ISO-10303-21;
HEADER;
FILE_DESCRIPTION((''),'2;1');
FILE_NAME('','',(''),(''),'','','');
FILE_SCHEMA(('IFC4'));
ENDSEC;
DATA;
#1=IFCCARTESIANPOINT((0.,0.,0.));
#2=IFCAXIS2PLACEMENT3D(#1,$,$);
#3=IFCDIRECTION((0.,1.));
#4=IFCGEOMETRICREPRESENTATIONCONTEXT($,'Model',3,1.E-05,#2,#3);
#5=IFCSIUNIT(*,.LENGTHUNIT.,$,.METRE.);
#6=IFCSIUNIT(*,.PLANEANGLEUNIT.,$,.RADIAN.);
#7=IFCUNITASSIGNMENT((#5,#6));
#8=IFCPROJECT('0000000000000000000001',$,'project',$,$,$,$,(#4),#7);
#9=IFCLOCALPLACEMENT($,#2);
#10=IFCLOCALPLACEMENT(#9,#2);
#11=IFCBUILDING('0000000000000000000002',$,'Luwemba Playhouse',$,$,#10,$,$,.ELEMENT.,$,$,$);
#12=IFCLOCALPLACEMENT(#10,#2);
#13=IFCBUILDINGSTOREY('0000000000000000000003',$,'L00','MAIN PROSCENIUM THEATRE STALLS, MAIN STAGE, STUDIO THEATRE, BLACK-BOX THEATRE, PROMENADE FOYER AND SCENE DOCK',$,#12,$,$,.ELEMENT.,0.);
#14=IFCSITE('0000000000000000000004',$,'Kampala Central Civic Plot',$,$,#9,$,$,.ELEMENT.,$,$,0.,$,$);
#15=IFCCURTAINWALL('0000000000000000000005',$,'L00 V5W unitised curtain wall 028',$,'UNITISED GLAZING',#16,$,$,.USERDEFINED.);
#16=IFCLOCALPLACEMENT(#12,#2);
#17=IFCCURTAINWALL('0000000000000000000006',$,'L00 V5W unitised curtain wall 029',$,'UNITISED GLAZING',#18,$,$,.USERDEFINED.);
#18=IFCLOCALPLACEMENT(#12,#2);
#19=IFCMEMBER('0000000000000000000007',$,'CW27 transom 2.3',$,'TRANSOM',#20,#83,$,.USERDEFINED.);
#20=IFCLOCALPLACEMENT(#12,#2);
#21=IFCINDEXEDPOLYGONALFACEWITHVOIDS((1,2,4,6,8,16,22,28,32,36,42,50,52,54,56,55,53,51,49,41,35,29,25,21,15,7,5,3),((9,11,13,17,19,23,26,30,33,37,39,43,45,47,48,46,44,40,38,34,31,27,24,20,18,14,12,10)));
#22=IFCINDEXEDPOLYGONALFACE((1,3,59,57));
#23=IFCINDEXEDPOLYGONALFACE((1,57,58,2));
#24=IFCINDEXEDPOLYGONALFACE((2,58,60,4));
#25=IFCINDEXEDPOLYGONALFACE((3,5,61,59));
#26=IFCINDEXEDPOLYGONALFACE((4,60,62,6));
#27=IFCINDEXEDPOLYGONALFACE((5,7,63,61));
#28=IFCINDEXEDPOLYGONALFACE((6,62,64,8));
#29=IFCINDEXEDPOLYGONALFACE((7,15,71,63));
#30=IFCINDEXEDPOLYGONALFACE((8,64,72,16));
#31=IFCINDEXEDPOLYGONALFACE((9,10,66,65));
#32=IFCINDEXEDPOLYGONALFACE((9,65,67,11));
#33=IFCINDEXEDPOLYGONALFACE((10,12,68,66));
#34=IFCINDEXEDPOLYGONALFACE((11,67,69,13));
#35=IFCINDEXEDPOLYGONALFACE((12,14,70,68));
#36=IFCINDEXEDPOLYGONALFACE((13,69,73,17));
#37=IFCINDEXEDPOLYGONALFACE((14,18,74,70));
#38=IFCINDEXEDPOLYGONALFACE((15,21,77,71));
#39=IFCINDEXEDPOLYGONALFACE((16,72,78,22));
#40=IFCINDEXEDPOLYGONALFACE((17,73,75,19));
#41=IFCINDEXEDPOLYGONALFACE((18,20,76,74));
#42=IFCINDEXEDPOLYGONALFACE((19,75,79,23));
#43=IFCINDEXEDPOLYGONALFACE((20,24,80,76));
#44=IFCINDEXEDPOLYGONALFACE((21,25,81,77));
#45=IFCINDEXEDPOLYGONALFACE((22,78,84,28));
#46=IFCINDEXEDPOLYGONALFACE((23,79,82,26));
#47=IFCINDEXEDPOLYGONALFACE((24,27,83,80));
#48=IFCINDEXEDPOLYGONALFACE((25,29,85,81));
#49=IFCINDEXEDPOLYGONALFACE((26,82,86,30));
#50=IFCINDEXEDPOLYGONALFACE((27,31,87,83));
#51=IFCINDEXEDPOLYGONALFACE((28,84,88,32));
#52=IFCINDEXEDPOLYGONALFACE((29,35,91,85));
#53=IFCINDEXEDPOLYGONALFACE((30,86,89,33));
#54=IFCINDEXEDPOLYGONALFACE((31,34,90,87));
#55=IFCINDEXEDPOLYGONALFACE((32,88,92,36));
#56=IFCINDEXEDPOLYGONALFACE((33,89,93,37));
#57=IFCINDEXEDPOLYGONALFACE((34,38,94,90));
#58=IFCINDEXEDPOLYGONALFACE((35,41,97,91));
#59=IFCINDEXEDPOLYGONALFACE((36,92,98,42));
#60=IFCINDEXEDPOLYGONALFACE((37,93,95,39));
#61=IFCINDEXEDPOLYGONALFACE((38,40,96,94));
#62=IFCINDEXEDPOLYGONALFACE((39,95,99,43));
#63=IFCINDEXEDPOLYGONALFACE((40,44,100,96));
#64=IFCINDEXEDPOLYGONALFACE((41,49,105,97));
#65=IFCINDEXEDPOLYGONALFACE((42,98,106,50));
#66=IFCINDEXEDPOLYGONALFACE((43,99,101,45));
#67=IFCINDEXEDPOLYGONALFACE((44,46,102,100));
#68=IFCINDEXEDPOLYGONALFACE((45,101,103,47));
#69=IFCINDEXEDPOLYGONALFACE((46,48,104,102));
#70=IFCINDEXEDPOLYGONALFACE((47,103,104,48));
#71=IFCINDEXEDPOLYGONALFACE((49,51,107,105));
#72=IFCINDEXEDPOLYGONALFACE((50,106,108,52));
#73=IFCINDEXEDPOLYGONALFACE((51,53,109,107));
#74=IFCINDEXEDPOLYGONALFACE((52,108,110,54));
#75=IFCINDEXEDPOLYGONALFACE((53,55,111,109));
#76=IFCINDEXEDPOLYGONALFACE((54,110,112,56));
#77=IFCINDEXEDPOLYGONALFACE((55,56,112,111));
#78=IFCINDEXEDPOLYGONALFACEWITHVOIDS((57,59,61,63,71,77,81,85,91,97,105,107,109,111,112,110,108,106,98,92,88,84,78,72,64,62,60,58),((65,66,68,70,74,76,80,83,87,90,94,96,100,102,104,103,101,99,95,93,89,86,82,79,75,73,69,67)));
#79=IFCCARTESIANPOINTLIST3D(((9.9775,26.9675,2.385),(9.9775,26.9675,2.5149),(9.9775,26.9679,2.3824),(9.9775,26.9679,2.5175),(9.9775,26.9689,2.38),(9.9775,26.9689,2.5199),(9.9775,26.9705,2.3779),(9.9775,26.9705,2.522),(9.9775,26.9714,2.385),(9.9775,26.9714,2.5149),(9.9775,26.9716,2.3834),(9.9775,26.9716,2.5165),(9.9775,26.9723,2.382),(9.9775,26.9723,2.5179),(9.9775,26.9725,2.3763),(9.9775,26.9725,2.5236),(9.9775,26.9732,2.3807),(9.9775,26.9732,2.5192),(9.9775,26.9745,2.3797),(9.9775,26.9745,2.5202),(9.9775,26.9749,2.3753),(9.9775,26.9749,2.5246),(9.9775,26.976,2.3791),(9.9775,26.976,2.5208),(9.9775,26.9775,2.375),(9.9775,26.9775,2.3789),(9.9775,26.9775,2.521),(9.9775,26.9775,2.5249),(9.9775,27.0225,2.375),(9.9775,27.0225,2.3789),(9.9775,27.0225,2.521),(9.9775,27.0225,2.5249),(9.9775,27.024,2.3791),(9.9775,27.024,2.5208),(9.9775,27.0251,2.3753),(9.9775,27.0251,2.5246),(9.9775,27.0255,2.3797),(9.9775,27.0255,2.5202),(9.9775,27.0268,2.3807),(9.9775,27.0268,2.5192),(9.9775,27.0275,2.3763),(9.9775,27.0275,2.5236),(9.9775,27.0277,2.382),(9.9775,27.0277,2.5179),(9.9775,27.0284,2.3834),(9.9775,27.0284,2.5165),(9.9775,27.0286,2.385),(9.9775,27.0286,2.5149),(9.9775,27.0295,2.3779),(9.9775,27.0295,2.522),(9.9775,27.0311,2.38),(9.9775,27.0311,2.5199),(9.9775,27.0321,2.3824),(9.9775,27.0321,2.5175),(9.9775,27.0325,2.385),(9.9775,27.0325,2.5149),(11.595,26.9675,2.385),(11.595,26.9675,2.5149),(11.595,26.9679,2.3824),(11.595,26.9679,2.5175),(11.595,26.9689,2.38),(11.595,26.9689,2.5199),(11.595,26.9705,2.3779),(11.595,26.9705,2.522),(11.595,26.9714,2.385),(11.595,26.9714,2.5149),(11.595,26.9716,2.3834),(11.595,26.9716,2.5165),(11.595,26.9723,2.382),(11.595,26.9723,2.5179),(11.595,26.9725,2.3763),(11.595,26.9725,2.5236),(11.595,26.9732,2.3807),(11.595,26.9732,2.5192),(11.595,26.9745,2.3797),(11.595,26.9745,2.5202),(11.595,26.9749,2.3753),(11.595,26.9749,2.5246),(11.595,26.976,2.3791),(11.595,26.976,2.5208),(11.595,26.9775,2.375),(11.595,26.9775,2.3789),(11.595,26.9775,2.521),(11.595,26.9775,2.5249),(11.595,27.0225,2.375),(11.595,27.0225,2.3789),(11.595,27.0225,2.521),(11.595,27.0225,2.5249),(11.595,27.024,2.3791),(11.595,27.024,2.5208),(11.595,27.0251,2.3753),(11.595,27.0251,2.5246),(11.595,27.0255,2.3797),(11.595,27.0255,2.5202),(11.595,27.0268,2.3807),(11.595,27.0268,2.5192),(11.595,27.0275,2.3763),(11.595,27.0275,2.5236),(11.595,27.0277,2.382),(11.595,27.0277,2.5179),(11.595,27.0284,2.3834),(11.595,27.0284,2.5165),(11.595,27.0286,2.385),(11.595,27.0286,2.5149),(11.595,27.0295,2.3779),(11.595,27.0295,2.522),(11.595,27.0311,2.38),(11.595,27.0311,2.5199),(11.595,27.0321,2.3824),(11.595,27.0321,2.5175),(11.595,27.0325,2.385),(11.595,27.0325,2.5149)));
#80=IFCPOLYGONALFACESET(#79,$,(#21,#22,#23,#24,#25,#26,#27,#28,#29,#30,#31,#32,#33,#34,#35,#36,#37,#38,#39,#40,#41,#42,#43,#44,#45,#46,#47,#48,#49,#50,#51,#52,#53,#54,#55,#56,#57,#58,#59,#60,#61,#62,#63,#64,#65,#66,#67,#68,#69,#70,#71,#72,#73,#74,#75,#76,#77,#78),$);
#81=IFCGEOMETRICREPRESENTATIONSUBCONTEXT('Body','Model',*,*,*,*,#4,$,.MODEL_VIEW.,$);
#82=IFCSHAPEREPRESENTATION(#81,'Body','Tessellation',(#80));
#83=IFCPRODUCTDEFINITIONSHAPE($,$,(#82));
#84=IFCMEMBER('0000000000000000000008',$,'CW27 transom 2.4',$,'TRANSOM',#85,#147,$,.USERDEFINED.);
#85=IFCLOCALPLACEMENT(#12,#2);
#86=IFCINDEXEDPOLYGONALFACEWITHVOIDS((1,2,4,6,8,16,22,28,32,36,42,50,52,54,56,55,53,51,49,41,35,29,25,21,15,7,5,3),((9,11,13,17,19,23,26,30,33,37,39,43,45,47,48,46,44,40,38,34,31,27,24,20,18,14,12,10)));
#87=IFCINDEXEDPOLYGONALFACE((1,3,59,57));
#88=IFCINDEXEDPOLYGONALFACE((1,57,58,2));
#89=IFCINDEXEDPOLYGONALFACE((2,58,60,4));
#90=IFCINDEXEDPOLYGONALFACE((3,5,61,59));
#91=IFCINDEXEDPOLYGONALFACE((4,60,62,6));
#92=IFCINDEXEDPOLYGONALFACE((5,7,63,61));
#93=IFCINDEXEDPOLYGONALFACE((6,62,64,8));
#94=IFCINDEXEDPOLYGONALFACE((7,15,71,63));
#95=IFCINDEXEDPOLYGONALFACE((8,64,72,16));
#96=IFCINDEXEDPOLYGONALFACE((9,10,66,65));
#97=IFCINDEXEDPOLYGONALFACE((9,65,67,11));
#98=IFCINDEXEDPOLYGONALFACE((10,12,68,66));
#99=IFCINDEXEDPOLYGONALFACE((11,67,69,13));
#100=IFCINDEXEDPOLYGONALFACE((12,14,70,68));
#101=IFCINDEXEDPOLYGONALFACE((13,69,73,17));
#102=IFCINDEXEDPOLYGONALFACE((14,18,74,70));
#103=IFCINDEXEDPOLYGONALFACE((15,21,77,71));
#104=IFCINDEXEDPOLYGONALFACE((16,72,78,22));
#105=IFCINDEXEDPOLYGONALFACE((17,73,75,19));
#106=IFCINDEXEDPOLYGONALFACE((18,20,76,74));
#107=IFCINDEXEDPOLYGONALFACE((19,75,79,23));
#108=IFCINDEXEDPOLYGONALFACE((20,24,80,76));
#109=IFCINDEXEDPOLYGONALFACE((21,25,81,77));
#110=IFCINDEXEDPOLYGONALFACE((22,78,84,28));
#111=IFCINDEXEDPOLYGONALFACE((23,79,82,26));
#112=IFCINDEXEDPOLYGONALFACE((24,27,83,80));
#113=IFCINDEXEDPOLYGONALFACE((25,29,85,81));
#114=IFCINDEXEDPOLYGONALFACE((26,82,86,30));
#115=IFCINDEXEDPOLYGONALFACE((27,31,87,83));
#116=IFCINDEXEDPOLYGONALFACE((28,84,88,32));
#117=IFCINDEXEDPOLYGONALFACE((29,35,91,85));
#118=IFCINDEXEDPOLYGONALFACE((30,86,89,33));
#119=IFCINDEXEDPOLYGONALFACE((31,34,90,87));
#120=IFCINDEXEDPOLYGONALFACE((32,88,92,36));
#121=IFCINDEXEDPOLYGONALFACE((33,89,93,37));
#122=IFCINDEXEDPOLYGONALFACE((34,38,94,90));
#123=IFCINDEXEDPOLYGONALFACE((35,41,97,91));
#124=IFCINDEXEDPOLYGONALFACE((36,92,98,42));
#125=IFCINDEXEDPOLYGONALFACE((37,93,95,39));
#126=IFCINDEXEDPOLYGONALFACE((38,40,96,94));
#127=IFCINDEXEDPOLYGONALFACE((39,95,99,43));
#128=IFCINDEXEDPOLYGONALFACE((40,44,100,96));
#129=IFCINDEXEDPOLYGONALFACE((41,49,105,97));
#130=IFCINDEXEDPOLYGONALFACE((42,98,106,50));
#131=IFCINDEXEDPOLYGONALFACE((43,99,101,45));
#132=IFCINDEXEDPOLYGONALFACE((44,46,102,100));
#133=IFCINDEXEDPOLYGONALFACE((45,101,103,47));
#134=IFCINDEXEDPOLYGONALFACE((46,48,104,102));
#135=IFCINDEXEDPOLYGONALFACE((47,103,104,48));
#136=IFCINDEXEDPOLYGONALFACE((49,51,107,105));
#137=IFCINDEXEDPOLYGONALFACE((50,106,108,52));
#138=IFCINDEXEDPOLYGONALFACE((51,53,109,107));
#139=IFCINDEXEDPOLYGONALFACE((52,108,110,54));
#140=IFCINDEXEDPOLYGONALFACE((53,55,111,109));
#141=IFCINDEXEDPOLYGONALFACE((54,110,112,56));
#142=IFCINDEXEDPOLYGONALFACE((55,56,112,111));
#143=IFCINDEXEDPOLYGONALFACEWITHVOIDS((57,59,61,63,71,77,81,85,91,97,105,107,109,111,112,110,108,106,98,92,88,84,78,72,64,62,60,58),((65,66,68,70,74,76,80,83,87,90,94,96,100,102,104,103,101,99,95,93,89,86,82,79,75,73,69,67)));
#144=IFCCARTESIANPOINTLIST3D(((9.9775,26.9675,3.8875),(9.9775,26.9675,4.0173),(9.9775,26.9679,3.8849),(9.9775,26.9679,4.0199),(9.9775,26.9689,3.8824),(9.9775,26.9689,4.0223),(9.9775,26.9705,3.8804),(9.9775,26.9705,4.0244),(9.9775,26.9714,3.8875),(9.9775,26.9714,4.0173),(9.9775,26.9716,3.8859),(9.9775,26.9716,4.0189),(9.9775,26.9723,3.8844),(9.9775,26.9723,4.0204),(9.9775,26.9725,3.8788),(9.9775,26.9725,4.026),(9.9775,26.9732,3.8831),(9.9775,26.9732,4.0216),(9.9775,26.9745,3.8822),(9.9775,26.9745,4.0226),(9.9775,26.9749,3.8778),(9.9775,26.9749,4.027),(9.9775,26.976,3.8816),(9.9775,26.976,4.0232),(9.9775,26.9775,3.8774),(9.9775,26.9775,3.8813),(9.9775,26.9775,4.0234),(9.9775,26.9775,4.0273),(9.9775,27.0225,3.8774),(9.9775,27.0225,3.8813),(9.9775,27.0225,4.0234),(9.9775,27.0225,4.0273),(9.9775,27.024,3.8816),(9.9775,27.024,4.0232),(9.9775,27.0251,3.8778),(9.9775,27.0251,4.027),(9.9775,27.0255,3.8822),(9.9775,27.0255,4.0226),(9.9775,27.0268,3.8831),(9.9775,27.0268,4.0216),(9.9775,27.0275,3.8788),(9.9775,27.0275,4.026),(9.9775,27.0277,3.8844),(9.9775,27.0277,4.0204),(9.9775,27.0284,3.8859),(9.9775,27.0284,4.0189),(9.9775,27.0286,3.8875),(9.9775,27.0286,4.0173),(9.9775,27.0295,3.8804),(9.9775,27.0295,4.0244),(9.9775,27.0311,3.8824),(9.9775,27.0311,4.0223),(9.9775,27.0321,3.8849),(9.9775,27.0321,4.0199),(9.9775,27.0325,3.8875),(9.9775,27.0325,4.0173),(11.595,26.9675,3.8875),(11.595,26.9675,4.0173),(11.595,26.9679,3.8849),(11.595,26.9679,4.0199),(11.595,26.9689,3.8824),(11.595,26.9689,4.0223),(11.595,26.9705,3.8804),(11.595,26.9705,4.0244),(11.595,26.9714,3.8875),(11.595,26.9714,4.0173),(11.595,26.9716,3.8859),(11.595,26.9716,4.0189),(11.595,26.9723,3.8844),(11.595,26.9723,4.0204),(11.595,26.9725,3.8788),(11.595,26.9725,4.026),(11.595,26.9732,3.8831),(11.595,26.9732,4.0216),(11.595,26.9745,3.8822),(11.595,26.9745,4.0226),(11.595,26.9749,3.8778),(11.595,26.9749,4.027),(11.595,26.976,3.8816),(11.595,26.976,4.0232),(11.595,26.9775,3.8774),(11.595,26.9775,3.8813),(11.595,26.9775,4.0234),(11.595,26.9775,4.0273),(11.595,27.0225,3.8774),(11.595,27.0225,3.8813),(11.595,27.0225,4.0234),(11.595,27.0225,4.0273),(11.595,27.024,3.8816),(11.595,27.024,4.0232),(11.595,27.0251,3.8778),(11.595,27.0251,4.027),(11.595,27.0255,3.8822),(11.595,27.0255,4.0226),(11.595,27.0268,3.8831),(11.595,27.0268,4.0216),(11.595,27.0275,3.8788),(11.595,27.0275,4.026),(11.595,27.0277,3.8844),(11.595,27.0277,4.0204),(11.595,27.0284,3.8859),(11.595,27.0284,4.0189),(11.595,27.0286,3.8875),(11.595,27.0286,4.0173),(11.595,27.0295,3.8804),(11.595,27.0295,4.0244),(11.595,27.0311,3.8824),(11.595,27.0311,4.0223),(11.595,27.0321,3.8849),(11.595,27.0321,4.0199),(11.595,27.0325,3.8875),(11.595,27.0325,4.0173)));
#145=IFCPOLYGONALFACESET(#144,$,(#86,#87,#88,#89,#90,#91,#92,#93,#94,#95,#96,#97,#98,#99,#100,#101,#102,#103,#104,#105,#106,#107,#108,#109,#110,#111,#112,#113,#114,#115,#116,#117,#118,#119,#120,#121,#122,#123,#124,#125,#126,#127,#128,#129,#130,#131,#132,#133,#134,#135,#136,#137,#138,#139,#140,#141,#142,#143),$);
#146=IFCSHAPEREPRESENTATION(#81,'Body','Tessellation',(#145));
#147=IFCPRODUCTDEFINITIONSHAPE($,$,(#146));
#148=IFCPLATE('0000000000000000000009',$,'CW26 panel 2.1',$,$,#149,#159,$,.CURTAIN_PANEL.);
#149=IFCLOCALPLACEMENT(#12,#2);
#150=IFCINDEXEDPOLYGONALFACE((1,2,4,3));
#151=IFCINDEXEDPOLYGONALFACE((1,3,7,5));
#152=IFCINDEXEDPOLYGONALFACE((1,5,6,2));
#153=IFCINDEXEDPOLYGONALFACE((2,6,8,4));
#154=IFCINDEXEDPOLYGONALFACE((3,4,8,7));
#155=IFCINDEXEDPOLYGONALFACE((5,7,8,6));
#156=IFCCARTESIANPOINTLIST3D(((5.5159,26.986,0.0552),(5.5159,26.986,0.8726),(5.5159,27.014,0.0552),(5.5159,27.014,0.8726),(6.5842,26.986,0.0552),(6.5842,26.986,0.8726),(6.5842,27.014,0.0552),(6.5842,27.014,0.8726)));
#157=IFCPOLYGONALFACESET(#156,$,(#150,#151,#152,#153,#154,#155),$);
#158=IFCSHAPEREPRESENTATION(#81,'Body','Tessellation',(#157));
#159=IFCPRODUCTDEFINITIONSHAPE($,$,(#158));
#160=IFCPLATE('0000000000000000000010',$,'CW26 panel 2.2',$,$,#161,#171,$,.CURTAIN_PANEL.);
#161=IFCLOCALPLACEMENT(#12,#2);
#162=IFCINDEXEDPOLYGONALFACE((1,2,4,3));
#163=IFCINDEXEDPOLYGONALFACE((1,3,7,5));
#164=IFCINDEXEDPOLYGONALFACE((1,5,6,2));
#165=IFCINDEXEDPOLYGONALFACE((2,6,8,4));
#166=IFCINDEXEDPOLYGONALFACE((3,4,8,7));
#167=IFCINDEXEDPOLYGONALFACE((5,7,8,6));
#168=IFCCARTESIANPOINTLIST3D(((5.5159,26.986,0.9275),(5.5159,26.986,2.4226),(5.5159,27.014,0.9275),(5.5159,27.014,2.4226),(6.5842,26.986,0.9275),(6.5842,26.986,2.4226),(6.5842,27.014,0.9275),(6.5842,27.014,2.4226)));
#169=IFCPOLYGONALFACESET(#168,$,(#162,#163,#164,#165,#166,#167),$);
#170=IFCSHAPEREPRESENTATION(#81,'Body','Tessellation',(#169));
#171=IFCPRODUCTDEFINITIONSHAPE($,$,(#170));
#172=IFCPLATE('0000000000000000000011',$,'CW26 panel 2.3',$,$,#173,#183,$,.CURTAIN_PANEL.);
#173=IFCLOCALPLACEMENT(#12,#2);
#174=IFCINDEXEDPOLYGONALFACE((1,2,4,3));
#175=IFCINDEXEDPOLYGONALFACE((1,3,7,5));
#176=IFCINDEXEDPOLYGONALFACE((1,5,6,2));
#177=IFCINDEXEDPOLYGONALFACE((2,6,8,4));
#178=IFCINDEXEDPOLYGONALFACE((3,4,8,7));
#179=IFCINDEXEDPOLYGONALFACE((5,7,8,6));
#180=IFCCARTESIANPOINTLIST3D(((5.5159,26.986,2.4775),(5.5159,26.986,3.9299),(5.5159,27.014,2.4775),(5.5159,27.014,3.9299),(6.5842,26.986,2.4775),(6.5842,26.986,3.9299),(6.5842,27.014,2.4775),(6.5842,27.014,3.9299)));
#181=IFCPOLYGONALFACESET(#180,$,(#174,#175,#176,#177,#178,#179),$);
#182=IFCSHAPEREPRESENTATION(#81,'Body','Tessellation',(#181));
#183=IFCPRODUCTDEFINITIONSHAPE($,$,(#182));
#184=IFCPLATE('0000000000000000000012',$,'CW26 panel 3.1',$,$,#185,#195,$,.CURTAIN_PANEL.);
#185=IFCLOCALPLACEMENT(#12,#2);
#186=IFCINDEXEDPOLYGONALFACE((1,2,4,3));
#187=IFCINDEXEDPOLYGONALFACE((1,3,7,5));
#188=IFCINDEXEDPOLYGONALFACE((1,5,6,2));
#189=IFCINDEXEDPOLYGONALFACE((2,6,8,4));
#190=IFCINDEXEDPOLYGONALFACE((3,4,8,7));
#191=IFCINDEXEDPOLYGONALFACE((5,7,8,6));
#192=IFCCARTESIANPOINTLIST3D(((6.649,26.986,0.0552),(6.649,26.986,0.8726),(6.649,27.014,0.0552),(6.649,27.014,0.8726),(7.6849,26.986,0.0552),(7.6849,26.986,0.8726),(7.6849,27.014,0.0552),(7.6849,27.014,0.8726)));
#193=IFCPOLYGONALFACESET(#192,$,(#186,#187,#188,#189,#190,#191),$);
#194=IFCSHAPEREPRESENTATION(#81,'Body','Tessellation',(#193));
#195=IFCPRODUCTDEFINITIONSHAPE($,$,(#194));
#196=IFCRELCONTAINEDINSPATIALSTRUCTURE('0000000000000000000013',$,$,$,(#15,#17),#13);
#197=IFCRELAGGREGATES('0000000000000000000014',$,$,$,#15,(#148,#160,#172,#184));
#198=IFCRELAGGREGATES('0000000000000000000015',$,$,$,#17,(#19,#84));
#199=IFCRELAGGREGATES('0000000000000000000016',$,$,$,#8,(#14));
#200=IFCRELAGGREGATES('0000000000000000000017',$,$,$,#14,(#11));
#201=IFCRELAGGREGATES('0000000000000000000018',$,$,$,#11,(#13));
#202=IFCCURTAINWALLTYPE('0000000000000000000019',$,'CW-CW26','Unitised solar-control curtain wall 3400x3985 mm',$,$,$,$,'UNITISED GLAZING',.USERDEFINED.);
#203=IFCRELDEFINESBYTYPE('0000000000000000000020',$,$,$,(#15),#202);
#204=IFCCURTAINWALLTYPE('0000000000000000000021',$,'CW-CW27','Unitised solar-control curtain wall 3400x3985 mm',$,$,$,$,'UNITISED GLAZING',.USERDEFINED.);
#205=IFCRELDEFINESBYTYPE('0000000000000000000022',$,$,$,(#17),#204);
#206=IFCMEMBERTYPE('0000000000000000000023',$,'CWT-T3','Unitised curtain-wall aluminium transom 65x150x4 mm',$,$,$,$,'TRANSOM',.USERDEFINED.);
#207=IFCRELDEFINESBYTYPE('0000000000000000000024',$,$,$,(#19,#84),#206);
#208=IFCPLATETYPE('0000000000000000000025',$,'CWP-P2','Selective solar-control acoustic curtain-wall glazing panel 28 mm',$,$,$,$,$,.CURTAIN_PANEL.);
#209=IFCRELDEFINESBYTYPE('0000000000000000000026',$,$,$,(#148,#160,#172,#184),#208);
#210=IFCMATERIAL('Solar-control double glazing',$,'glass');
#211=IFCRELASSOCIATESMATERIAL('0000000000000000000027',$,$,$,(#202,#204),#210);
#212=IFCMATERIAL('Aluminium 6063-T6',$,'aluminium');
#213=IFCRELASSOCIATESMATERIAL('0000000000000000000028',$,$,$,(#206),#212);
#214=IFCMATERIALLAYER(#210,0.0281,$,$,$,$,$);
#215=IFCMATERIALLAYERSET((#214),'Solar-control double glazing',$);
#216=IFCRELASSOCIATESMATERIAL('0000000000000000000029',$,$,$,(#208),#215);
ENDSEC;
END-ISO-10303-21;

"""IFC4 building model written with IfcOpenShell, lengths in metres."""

from ifc_helpers import new_model, si_unit, direction, frame, origin, origin_2d, place, context, subcontext, project, spatial, rectangle, hollow_rectangle, extrude, material, layer, layer_set, material_profile, profile_set, type_object, element, aggregate, save


model = new_model("IFC4")

# Units and contexts
model_context = context("Model", 3, precision=1e-05, world=origin(), true_north=direction((0.0, 1.0)))
body_context = subcontext(model_context, "Body", "Model", "MODEL_VIEW")
ifc_project = project(units=[si_unit("LENGTHUNIT", "METRE"), si_unit("PLANEANGLEUNIT", "RADIAN")], contexts=[model_context])

# Site, building, storey
site_placement = place(None, origin())
site = spatial("IfcSite", under=ifc_project, at=site_placement, Name="Kampala Central Civic Plot", CompositionType="ELEMENT", RefElevation=0.0)
building_placement = place(site_placement, origin())
building = spatial("IfcBuilding", under=site, at=building_placement, Name="Luwemba Playhouse", CompositionType="ELEMENT")
storey_placement = place(building_placement, origin())
storey = spatial("IfcBuildingStorey", under=building, at=storey_placement, Name="L00", Description="MAIN PROSCENIUM THEATRE STALLS, MAIN STAGE, STUDIO THEATRE, BLACK-BOX THEATRE, PROMENADE FOYER AND SCENE DOCK", CompositionType="ELEMENT", Elevation=0.0)

# Curtain walls
ifc_material_1 = material(Name="Solar-control double glazing", Category="glass")
curtain_wall_type_1 = type_object("IfcCurtainWallType", Name="CW-CW26", Description="Unitised solar-control curtain wall 3400x3985 mm", ElementType="UNITISED GLAZING", PredefinedType="USERDEFINED", material=ifc_material_1)
curtain_wall_1_placement = place(storey_placement, origin())
curtain_wall_1 = element("IfcCurtainWall", 1, at=curtain_wall_1_placement, inside=storey, type_object=curtain_wall_type_1, Name="L00 V5W unitised curtain wall 028", ObjectType="UNITISED GLAZING", PredefinedType="USERDEFINED")
ifc_material_2 = material(Name="Aluminium 6063-T6", Category="aluminium")
curtain_wall_type_2 = type_object("IfcCurtainWallType", Name="CW-CW27", Description="Unitised solar-control curtain wall 3400x3985 mm", ElementType="UNITISED GLAZING", PredefinedType="USERDEFINED", material=ifc_material_1)
curtain_wall_2_placement = place(storey_placement, origin())
curtain_wall_2 = element("IfcCurtainWall", 2, at=curtain_wall_2_placement, inside=storey, type_object=curtain_wall_type_2, Name="L00 V5W unitised curtain wall 029", ObjectType="UNITISED GLAZING", PredefinedType="USERDEFINED")

# Members
ifc_material_profile_1 = material_profile(ifc_material_2, hollow_rectangle(XDim=0.0649, YDim=0.1499, WallThickness=0.0039, InnerFilletRadius=0.0061, OuterFilletRadius=0.01, at=origin_2d()))
ifc_profile_set_1 = profile_set([ifc_material_profile_1], Name="Aluminium 6063-T6")
member_type_1 = type_object("IfcMemberType", Name="CWT-T3", Description="Unitised curtain-wall aluminium transom 65x150x4 mm", ElementType="TRANSOM", PredefinedType="USERDEFINED", material=ifc_profile_set_1)
member_1_placement = place(storey_placement, frame((9.9775, 27.0, 2.45), z_axis=(1.0, 0.0, 0.0), x_axis=(0.0, 1.0, 0.0)))
member_1 = element("IfcMember", 3, at=member_1_placement, type_object=member_type_1, Name="CW27 transom 2.3", ObjectType="TRANSOM", PredefinedType="USERDEFINED", context=body_context, shape_type="SweptSolid", body=[
    extrude(hollow_rectangle(XDim=0.0649, YDim=0.1499, WallThickness=0.0039, InnerFilletRadius=0.0061, OuterFilletRadius=0.01, at=origin_2d()), origin(), (0.0, 0.0, 1.0), 1.6174),
])
member_2_placement = place(storey_placement, frame((9.9775, 27.0, 3.9524), z_axis=(1.0, 0.0, 0.0), x_axis=(0.0, 1.0, 0.0)))
member_2 = element("IfcMember", 4, at=member_2_placement, type_object=member_type_1, Name="CW27 transom 2.4", ObjectType="TRANSOM", PredefinedType="USERDEFINED", context=body_context, shape_type="SweptSolid", body=[
    extrude(hollow_rectangle(XDim=0.0649, YDim=0.1499, WallThickness=0.0039, InnerFilletRadius=0.0061, OuterFilletRadius=0.01, at=origin_2d()), origin(), (0.0, 0.0, 1.0), 1.6174),
])

# Plates
ifc_layer_1 = layer(ifc_material_1, 0.0281)
ifc_layer_set_1 = layer_set([ifc_layer_1], Name="Solar-control double glazing")
plate_type_1 = type_object("IfcPlateType", Name="CWP-P2", Description="Selective solar-control acoustic curtain-wall glazing panel 28 mm", PredefinedType="CURTAIN_PANEL", material=ifc_layer_set_1)
plate_1_placement = place(storey_placement, frame((6.05, 27.0, 0.0552), z_axis=(0.0, 0.0, 1.0), x_axis=(1.0, 0.0, 0.0)))
plate_1 = element("IfcPlate", 5, at=plate_1_placement, type_object=plate_type_1, Name="CW26 panel 2.1", PredefinedType="CURTAIN_PANEL", context=body_context, shape_type="SweptSolid", body=[
    extrude(rectangle(XDim=1.0684, YDim=0.0281, at=origin_2d()), origin(), (0.0, 0.0, 1.0), 0.8174),
])
plate_2_placement = place(storey_placement, frame((6.05, 27.0, 0.9275), z_axis=(0.0, 0.0, 1.0), x_axis=(1.0, 0.0, 0.0)))
plate_2 = element("IfcPlate", 6, at=plate_2_placement, type_object=plate_type_1, Name="CW26 panel 2.2", PredefinedType="CURTAIN_PANEL", context=body_context, shape_type="SweptSolid", body=[
    extrude(rectangle(XDim=1.0684, YDim=0.0281, at=origin_2d()), origin(), (0.0, 0.0, 1.0), 1.4951),
])
plate_3_placement = place(storey_placement, frame((6.05, 27.0, 2.4775), z_axis=(0.0, 0.0, 1.0), x_axis=(1.0, 0.0, 0.0)))
plate_3 = element("IfcPlate", 7, at=plate_3_placement, type_object=plate_type_1, Name="CW26 panel 2.3", PredefinedType="CURTAIN_PANEL", context=body_context, shape_type="SweptSolid", body=[
    extrude(rectangle(XDim=1.0684, YDim=0.0281, at=origin_2d()), origin(), (0.0, 0.0, 1.0), 1.4524),
])
plate_4_placement = place(storey_placement, frame((7.167, 27.0, 0.0552), z_axis=(0.0, 0.0, 1.0), x_axis=(1.0, 0.0, 0.0)))
plate_4 = element("IfcPlate", 8, at=plate_4_placement, type_object=plate_type_1, Name="CW26 panel 3.1", PredefinedType="CURTAIN_PANEL", context=body_context, shape_type="SweptSolid", body=[
    extrude(rectangle(XDim=1.0359, YDim=0.0281, at=origin_2d()), origin(), (0.0, 0.0, 1.0), 0.8174),
])
aggregate(curtain_wall_1, [plate_1, plate_2, plate_3, plate_4])
aggregate(curtain_wall_2, [member_1, member_2])

save(model, "model.ifc")
